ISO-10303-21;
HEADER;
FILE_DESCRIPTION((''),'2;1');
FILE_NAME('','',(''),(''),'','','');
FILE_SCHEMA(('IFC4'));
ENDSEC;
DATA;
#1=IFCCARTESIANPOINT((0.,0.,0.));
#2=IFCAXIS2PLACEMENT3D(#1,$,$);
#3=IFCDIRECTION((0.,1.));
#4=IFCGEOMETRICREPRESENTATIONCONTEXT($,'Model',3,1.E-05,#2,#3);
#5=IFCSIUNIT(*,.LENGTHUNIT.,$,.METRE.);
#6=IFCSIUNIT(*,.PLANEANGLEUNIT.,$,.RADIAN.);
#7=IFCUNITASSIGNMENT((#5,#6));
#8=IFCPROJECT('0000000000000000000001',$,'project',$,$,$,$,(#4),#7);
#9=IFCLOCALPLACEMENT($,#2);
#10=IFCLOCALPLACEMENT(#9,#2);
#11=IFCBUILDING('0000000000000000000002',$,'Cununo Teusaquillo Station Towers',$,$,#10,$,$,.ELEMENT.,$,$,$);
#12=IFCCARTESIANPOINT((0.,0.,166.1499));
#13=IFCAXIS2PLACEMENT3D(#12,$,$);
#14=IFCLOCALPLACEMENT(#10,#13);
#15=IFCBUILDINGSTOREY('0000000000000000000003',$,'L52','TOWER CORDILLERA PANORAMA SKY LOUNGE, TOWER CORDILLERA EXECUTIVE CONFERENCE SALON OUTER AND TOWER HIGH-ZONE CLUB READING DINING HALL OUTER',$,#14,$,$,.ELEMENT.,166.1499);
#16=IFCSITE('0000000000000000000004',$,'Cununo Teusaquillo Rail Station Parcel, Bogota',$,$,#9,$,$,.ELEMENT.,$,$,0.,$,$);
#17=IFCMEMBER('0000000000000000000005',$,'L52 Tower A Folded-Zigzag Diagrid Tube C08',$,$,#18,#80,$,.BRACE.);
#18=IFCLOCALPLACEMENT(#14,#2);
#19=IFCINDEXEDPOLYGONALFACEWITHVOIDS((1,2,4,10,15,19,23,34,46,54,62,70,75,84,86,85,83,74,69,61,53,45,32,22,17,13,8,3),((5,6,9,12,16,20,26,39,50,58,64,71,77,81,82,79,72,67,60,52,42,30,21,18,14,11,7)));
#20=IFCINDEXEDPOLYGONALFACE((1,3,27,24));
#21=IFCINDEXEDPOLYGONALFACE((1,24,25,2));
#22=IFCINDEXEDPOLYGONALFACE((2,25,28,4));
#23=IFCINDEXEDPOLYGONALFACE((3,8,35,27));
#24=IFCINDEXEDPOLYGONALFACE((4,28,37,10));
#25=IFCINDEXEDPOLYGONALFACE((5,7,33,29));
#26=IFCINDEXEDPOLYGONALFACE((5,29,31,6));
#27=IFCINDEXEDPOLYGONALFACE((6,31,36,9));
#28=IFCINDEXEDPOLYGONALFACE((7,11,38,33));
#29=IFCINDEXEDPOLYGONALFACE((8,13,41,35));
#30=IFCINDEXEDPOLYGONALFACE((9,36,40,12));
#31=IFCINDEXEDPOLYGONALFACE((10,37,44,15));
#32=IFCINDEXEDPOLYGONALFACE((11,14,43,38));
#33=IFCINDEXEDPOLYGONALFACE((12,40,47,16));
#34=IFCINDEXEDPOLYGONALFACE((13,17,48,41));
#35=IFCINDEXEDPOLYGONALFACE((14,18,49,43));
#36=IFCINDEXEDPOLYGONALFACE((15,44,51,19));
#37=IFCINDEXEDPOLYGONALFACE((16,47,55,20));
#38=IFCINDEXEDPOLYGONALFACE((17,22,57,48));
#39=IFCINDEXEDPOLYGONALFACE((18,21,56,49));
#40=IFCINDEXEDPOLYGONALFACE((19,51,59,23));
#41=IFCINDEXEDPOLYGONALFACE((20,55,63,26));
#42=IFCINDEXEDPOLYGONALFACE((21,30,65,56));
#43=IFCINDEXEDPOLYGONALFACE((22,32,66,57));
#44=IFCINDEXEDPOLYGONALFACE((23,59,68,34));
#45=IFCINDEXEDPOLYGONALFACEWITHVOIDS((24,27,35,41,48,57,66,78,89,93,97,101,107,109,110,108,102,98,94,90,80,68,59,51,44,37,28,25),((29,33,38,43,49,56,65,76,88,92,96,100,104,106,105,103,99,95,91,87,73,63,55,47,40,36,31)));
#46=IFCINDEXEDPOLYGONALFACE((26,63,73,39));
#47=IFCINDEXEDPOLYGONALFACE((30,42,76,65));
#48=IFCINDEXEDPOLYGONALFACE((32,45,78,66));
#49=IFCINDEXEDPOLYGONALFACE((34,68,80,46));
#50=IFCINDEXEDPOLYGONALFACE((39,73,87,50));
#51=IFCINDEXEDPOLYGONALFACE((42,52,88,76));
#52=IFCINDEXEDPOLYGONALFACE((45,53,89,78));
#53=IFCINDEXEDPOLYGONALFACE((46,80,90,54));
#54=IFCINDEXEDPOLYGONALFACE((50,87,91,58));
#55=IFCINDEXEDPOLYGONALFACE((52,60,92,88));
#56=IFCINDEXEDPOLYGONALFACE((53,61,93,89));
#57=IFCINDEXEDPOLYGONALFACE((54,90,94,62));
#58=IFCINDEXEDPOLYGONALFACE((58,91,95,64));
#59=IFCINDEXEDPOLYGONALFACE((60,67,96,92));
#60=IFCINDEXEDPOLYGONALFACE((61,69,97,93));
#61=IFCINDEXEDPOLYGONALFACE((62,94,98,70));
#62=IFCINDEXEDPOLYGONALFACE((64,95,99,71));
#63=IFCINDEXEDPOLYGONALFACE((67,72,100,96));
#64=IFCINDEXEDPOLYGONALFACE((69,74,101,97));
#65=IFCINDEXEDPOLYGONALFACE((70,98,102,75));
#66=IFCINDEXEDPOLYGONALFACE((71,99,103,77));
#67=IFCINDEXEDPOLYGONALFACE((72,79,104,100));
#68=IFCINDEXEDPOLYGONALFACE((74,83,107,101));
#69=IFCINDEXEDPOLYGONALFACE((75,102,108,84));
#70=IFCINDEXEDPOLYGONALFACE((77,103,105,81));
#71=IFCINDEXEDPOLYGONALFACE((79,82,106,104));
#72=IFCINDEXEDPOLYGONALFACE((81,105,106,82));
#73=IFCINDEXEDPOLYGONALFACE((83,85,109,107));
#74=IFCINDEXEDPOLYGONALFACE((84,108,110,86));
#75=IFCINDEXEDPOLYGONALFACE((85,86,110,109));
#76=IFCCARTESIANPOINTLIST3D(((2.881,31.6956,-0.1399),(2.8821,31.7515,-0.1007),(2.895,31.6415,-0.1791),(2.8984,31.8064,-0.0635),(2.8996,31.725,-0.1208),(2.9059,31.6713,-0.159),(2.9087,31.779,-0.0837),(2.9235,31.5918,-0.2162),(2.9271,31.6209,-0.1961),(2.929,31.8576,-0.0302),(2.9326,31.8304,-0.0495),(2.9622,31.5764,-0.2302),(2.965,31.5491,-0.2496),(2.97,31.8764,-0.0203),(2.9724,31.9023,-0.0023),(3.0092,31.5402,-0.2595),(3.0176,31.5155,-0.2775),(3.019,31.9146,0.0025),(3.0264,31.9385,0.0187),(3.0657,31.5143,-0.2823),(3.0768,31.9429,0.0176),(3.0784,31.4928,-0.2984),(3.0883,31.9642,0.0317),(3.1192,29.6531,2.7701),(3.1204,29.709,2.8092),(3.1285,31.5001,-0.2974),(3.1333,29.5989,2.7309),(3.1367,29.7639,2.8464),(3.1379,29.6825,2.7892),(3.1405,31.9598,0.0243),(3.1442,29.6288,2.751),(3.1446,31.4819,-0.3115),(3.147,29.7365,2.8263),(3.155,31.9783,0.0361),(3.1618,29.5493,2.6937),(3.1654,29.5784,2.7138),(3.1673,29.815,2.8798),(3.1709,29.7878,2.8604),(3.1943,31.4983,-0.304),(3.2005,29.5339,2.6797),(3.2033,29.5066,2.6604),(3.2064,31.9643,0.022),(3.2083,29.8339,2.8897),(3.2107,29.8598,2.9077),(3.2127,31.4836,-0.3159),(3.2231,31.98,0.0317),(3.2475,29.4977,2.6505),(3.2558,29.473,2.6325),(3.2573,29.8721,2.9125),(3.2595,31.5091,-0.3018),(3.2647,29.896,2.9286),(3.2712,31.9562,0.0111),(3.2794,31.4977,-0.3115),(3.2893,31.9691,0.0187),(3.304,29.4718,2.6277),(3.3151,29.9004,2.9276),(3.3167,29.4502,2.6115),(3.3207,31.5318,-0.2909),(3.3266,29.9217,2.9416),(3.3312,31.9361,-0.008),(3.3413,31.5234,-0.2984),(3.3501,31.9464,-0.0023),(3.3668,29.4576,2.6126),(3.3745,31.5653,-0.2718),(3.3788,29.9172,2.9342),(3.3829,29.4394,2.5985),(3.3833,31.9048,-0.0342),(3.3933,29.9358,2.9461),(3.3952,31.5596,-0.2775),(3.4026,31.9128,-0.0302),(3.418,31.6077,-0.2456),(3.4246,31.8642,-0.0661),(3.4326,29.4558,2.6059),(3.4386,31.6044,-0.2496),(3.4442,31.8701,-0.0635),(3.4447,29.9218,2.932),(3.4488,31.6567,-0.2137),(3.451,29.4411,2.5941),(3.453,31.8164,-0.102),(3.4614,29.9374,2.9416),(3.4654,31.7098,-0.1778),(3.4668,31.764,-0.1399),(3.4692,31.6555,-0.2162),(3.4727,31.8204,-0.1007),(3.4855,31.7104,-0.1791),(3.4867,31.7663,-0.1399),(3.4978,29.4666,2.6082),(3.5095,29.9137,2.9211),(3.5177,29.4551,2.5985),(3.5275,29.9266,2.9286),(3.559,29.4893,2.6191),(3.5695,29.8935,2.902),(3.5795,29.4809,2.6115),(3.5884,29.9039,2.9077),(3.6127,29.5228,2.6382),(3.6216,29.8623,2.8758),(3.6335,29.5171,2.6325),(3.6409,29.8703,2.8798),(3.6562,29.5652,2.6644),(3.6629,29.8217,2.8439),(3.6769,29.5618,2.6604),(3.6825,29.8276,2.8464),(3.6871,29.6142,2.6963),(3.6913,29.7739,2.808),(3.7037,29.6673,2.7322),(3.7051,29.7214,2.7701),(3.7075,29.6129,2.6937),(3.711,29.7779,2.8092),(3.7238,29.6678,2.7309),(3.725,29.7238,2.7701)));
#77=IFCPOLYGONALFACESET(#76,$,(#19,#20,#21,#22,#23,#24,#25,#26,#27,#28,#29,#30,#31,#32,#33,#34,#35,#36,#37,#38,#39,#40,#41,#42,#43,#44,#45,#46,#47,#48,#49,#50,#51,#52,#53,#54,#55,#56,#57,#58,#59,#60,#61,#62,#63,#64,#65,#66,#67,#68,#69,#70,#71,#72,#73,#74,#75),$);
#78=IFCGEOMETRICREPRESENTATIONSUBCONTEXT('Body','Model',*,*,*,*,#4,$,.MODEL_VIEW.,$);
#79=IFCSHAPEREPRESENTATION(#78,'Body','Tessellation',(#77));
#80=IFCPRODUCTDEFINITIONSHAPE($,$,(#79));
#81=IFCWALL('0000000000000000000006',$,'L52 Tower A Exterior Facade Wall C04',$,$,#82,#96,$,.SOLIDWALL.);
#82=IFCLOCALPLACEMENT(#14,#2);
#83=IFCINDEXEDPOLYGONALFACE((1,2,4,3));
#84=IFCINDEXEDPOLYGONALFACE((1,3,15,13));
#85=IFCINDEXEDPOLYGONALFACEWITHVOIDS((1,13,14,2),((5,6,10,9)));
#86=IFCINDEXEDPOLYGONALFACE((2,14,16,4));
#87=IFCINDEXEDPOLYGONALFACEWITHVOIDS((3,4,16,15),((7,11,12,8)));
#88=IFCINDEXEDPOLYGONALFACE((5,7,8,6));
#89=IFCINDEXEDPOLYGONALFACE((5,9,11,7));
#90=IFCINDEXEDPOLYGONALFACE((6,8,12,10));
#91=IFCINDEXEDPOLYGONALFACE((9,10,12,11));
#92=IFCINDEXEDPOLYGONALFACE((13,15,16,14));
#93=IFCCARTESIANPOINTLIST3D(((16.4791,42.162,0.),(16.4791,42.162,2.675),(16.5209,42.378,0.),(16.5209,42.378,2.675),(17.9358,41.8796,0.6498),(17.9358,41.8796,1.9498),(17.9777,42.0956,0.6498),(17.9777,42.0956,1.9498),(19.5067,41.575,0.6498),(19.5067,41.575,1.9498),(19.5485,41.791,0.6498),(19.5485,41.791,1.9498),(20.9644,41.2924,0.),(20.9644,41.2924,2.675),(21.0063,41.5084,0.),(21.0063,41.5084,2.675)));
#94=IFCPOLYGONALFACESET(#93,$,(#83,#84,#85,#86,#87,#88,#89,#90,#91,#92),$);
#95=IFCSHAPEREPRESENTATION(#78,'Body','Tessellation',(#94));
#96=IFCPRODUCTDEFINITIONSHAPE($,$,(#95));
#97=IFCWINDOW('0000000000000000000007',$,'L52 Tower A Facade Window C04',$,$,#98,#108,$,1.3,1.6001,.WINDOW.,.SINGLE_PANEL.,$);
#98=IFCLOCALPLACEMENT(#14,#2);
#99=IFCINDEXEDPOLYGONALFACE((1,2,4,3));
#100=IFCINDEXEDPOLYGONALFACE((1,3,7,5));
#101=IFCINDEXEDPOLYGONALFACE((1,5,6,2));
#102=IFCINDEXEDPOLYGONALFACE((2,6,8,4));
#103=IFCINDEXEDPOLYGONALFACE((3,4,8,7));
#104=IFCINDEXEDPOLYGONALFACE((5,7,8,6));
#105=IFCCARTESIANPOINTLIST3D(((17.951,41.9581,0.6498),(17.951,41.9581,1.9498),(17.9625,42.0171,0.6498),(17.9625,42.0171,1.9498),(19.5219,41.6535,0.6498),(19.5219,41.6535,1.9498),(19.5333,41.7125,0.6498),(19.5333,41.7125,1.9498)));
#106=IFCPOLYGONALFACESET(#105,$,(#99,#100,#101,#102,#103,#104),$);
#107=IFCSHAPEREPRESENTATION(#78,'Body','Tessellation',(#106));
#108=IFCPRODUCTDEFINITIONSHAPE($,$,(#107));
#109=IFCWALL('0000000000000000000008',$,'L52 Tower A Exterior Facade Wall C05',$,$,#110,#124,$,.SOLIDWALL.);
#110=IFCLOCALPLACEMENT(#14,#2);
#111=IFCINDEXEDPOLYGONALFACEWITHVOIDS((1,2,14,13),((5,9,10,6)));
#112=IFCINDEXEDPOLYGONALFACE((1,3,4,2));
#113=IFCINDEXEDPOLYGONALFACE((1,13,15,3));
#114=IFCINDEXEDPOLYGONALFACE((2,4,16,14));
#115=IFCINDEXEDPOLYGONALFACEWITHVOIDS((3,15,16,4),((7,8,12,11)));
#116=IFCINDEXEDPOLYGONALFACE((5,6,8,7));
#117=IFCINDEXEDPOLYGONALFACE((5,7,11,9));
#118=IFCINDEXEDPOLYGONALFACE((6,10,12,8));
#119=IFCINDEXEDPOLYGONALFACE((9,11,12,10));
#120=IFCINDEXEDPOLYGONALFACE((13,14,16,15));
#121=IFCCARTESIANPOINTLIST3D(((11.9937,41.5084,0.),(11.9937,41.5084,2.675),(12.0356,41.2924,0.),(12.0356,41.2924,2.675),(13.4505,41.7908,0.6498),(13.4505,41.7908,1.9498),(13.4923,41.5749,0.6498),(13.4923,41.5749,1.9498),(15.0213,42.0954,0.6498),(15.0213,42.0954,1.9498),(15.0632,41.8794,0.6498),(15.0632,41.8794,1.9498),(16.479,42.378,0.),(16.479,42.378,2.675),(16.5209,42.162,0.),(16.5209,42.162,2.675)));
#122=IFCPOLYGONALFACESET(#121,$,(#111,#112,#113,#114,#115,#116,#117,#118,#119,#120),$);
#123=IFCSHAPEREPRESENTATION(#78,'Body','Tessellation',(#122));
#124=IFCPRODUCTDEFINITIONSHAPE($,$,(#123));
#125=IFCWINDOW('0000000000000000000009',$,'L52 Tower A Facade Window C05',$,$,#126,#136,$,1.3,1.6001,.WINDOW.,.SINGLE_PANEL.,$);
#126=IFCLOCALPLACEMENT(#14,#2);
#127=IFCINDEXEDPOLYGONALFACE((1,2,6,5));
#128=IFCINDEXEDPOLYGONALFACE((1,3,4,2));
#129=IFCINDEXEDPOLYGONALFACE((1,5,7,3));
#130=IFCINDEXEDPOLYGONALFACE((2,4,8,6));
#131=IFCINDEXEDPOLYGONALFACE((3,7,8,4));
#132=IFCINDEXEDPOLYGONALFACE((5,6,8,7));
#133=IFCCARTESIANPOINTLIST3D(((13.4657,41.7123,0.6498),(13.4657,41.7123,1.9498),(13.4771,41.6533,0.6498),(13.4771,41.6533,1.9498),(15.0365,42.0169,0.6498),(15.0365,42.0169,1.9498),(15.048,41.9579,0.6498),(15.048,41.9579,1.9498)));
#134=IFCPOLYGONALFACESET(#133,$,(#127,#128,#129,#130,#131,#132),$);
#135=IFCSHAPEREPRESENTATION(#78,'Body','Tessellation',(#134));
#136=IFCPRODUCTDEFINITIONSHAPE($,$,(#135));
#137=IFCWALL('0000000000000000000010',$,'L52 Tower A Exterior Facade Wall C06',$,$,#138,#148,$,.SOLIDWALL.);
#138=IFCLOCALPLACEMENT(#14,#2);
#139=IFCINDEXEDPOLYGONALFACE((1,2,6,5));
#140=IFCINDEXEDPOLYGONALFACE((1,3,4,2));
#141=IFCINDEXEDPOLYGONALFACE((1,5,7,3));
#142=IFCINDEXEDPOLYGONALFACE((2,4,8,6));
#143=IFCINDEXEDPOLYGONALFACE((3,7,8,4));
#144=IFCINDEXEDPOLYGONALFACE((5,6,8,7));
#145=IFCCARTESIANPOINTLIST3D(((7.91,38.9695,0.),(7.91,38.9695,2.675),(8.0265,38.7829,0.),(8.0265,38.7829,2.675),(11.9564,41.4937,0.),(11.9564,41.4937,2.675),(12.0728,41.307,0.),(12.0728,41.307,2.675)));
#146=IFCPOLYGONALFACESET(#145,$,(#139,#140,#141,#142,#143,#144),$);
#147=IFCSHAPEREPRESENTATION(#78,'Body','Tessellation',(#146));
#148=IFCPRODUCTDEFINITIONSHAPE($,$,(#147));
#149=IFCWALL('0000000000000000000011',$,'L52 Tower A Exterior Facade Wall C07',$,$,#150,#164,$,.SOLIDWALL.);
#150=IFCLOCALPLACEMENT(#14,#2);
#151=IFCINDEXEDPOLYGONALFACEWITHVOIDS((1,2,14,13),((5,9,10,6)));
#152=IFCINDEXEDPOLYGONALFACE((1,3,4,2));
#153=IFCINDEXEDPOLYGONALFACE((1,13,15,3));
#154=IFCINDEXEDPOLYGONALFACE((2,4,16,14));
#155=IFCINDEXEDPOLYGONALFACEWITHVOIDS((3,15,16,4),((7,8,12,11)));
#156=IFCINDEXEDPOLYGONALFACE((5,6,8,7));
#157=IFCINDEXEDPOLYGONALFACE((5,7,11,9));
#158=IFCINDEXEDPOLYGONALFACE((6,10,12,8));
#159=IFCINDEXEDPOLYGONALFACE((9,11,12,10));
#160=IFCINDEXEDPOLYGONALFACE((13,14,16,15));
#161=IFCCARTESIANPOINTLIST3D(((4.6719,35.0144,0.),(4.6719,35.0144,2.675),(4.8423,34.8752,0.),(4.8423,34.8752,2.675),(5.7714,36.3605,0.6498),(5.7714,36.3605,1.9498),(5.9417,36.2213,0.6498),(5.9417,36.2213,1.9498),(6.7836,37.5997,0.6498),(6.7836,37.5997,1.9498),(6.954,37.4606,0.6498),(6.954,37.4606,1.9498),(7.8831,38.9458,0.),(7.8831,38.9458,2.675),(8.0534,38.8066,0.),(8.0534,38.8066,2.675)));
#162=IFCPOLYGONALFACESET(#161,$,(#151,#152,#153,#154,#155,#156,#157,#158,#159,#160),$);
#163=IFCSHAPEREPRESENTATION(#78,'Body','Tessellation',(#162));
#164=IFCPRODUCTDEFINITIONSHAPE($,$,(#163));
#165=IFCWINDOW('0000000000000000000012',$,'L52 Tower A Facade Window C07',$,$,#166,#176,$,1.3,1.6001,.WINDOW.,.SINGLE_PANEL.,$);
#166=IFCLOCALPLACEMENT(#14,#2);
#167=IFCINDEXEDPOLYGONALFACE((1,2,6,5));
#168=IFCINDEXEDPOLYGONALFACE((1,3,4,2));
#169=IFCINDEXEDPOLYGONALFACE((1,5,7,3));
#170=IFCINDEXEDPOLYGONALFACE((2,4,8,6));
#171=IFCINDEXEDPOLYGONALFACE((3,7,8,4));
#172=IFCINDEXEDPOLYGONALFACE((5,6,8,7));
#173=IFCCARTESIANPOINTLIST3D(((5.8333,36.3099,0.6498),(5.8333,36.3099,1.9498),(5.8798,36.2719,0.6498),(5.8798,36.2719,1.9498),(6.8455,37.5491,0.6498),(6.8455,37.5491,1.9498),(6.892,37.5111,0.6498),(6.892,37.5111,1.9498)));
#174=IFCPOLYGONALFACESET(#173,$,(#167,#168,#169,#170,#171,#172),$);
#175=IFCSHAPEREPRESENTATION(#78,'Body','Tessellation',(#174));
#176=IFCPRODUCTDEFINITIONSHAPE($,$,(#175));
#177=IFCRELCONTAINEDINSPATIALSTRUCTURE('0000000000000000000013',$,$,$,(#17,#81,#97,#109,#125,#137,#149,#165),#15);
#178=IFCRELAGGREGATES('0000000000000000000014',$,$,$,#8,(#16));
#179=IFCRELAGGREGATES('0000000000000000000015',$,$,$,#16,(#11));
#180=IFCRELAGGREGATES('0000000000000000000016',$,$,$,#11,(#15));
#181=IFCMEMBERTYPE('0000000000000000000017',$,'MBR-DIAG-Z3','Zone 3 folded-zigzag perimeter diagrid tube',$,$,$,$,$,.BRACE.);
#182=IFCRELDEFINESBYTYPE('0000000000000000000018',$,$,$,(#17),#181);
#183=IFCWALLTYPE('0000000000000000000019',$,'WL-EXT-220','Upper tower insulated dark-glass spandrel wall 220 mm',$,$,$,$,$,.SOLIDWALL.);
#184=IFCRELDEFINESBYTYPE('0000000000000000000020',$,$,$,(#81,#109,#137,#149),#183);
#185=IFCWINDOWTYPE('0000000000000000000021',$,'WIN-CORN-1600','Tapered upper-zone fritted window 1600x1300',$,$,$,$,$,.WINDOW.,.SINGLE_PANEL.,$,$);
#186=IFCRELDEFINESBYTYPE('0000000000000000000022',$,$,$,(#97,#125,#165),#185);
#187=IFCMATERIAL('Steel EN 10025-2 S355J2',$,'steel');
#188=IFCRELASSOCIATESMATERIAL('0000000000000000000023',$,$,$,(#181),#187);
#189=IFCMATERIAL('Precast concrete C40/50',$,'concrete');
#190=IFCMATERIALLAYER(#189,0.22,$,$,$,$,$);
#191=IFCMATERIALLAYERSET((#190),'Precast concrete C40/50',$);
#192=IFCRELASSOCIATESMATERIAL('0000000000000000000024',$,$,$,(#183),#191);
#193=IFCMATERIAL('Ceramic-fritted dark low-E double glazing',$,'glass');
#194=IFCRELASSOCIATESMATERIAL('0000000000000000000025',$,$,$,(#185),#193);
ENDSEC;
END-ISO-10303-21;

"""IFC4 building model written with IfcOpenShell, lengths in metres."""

from ifc_helpers import new_model, si_unit, direction, frame, frame_2d, origin, origin_2d, place, context, subcontext, project, spatial, rectangle, hollow_circle, extrude, source, transform, mapped, material, layer, layer_set, material_profile, profile_set, type_object, element, fill, save


model = new_model("IFC4")

# Units and contexts
model_context = context("Model", 3, precision=1e-05, world=origin(), true_north=direction((0.0, 1.0)))
body_context = subcontext(model_context, "Body", "Model", "MODEL_VIEW")
ifc_project = project(units=[si_unit("LENGTHUNIT", "METRE"), si_unit("PLANEANGLEUNIT", "RADIAN")], contexts=[model_context])

# Site, building, storey
site_placement = place(None, origin())
site = spatial("IfcSite", under=ifc_project, at=site_placement, Name="Cununo Teusaquillo Rail Station Parcel, Bogota", CompositionType="ELEMENT", RefElevation=0.0)
building_placement = place(site_placement, origin())
building = spatial("IfcBuilding", under=site, at=building_placement, Name="Cununo Teusaquillo Station Towers", CompositionType="ELEMENT")
storey_placement = place(building_placement, frame((0.0, 0.0, 166.1499)))
storey = spatial("IfcBuildingStorey", under=building, at=storey_placement, Name="L52", Description="TOWER CORDILLERA PANORAMA SKY LOUNGE, TOWER CORDILLERA EXECUTIVE CONFERENCE SALON OUTER AND TOWER HIGH-ZONE CLUB READING DINING HALL OUTER", CompositionType="ELEMENT", Elevation=166.1499)

# Member
ifc_material_1 = material(Name="Steel EN 10025-2 S355J2", Category="steel")
ifc_material_profile_1 = material_profile(ifc_material_1, hollow_circle(Radius=0.3049, WallThickness=0.02, at=origin_2d()), Name="CHS 610x20")
ifc_profile_set_1 = profile_set([ifc_material_profile_1], Name="Steel EN 10025-2 S355J2")
member_type = type_object("IfcMemberType", Name="MBR-DIAG-Z3", Description="Zone 3 folded-zigzag perimeter diagrid tube", PredefinedType="BRACE", material=ifc_profile_set_1)
member_1_placement = place(storey_placement, frame((3.1838, 31.731, -0.1399), z_axis=(0.066874, -0.573222, 0.816667), x_axis=(0.993264, 0.115877, 0.0)))
element("IfcMember", 1, at=member_1_placement, inside=storey, type_object=member_type, Name="L52 Tower A Folded-Zigzag Diagrid Tube C08", PredefinedType="BRACE", context=body_context, shape_type="SweptSolid", body=[
    extrude(hollow_circle(Radius=0.3049, WallThickness=0.02, at=origin_2d()), origin(), (0.0, 0.0, 1.0), 3.5632),
])

# Walls, openings, windows
ifc_material_2 = material(Name="Precast concrete C40/50", Category="concrete")
ifc_layer_1 = layer(ifc_material_2, 0.22)
ifc_layer_set_1 = layer_set([ifc_layer_1], Name="Precast concrete C40/50")
wall_type_1 = type_object("IfcWallType", Name="WL-EXT-220", Description="Upper tower insulated dark-glass spandrel wall 220 mm", PredefinedType="SOLIDWALL", material=ifc_layer_set_1)
wall_1_placement = place(storey_placement, frame((16.5, 42.27, 0.0), z_axis=(0.0, 0.0, 1.0), x_axis=(0.981719, -0.190338, 0.0)))
wall_1 = element("IfcWall", 2, at=wall_1_placement, inside=storey, type_object=wall_type_1, Name="L52 Tower A Exterior Facade Wall C04", PredefinedType="SOLIDWALL", context=body_context, shape_type="SweptSolid", body=[
    extrude(rectangle(XDim=4.5688, YDim=0.22, at=frame_2d((2.2844, 0.0))), origin(), (0.0, 0.0, 1.0), 2.675),
])
shared_shape_1 = source(origin(), body_context, "Body", "SweptSolid", [
    extrude(rectangle(XDim=1.6001, YDim=1.3, at=frame_2d((0.8, 0.6499))), frame((0.0, 0.1199, 0.0), z_axis=(0.0, -1.0, 0.0), x_axis=(1.0, 0.0, 0.0)), (0.0, 0.0, 1.0), 0.24),
])
opening_1_placement = place(wall_1_placement, frame((1.4839, 0.0, 0.6499)))
opening_1 = element("IfcOpeningElement", 3, at=opening_1_placement, cuts=wall_1, PredefinedType="OPENING", context=body_context, shape_type="MappedRepresentation", body=[
    mapped(shared_shape_1, transform((0.0, 0.0, 0.0), x_axis=(1.0, 0.0, 0.0), y_axis=(0.0, 1.0, 0.0), z_axis=(0.0, 0.0, 1.0), scale=1.0)),
])
ifc_material_3 = material(Name="Ceramic-fritted dark low-E double glazing", Category="glass")
window_type = type_object("IfcWindowType", Name="WIN-CORN-1600", Description="Tapered upper-zone fritted window 1600x1300", PartitioningType="SINGLE_PANEL", PredefinedType="WINDOW", material=ifc_material_3)
shared_shape_2 = source(origin(), body_context, "Body", "SweptSolid", [
    extrude(rectangle(XDim=1.6001, YDim=1.3, at=frame_2d((0.8, 0.6499))), frame((0.0, 0.03, 0.0), z_axis=(0.0, -1.0, 0.0), x_axis=(1.0, 0.0, 0.0)), (0.0, 0.0, 1.0), 0.0601),
])
window_1_placement = place(opening_1_placement, origin())
window_1 = element("IfcWindow", 4, at=window_1_placement, inside=storey, type_object=window_type, Name="L52 Tower A Facade Window C04", OverallHeight=1.3, OverallWidth=1.6001, PartitioningType="SINGLE_PANEL", PredefinedType="WINDOW", context=body_context, shape_type="MappedRepresentation", body=[
    mapped(shared_shape_2, transform((0.0, 0.0, 0.0), x_axis=(1.0, 0.0, 0.0), y_axis=(0.0, 1.0, 0.0), z_axis=(0.0, 0.0, 1.0), scale=1.0)),
])
fill(opening_1, window_1)
wall_2_placement = place(storey_placement, frame((12.0146, 41.4004, 0.0), z_axis=(0.0, 0.0, 1.0), x_axis=(0.981719, 0.190338, 0.0)))
wall_2 = element("IfcWall", 5, at=wall_2_placement, inside=storey, type_object=wall_type_1, Name="L52 Tower A Exterior Facade Wall C05", PredefinedType="SOLIDWALL", context=body_context, shape_type="SweptSolid", body=[
    extrude(rectangle(XDim=4.5688, YDim=0.22, at=frame_2d((2.2844, 0.0))), origin(), (0.0, 0.0, 1.0), 2.675),
])
opening_2_placement = place(wall_2_placement, frame((1.4839, 0.0, 0.6499)))
opening_2 = element("IfcOpeningElement", 6, at=opening_2_placement, cuts=wall_2, PredefinedType="OPENING", context=body_context, shape_type="MappedRepresentation", body=[
    mapped(shared_shape_1, transform((0.0, 0.0, 0.0), x_axis=(1.0, 0.0, 0.0), y_axis=(0.0, 1.0, 0.0), z_axis=(0.0, 0.0, 1.0), scale=1.0)),
])
window_2_placement = place(opening_2_placement, origin())
window_2 = element("IfcWindow", 7, at=window_2_placement, inside=storey, type_object=window_type, Name="L52 Tower A Facade Window C05", OverallHeight=1.3, OverallWidth=1.6001, PartitioningType="SINGLE_PANEL", PredefinedType="WINDOW", context=body_context, shape_type="MappedRepresentation", body=[
    mapped(shared_shape_2, transform((0.0, 0.0, 0.0), x_axis=(1.0, 0.0, 0.0), y_axis=(0.0, 1.0, 0.0), z_axis=(0.0, 0.0, 1.0), scale=1.0)),
])
fill(opening_2, window_2)

# Wall
wall_3_placement = place(storey_placement, frame((7.9683, 38.8762, 0.0), z_axis=(0.0, 0.0, 1.0), x_axis=(0.848452, 0.529272, 0.0)))
element("IfcWall", 8, at=wall_3_placement, inside=storey, type_object=wall_type_1, Name="L52 Tower A Exterior Facade Wall C06", PredefinedType="SOLIDWALL", context=body_context, shape_type="SweptSolid", body=[
    extrude(rectangle(XDim=4.769, YDim=0.22, at=frame_2d((2.3845, 0.0))), origin(), (0.0, 0.0, 1.0), 2.675),
])

# Wall, opening, window
wall_4_placement = place(storey_placement, frame((4.7571, 34.9448, 0.0), z_axis=(0.0, 0.0, 1.0), x_axis=(0.632599, 0.77448, 0.0)))
wall_4 = element("IfcWall", 9, at=wall_4_placement, inside=storey, type_object=wall_type_1, Name="L52 Tower A Exterior Facade Wall C07", PredefinedType="SOLIDWALL", context=body_context, shape_type="SweptSolid", body=[
    extrude(rectangle(XDim=5.0762, YDim=0.22, at=frame_2d((2.5381, 0.0))), origin(), (0.0, 0.0, 1.0), 2.675),
])
opening_3_placement = place(wall_4_placement, frame((1.738, 0.0, 0.6499)))
opening_3 = element("IfcOpeningElement", 10, at=opening_3_placement, cuts=wall_4, PredefinedType="OPENING", context=body_context, shape_type="MappedRepresentation", body=[
    mapped(shared_shape_1, transform((0.0, 0.0, 0.0), x_axis=(1.0, 0.0, 0.0), y_axis=(0.0, 1.0, 0.0), z_axis=(0.0, 0.0, 1.0), scale=1.0)),
])
window_3_placement = place(opening_3_placement, origin())
window_3 = element("IfcWindow", 11, at=window_3_placement, inside=storey, type_object=window_type, Name="L52 Tower A Facade Window C07", OverallHeight=1.3, OverallWidth=1.6001, PartitioningType="SINGLE_PANEL", PredefinedType="WINDOW", context=body_context, shape_type="MappedRepresentation", body=[
    mapped(shared_shape_2, transform((0.0, 0.0, 0.0), x_axis=(1.0, 0.0, 0.0), y_axis=(0.0, 1.0, 0.0), z_axis=(0.0, 0.0, 1.0), scale=1.0)),
])
fill(opening_3, window_3)

save(model, "model.ifc")
